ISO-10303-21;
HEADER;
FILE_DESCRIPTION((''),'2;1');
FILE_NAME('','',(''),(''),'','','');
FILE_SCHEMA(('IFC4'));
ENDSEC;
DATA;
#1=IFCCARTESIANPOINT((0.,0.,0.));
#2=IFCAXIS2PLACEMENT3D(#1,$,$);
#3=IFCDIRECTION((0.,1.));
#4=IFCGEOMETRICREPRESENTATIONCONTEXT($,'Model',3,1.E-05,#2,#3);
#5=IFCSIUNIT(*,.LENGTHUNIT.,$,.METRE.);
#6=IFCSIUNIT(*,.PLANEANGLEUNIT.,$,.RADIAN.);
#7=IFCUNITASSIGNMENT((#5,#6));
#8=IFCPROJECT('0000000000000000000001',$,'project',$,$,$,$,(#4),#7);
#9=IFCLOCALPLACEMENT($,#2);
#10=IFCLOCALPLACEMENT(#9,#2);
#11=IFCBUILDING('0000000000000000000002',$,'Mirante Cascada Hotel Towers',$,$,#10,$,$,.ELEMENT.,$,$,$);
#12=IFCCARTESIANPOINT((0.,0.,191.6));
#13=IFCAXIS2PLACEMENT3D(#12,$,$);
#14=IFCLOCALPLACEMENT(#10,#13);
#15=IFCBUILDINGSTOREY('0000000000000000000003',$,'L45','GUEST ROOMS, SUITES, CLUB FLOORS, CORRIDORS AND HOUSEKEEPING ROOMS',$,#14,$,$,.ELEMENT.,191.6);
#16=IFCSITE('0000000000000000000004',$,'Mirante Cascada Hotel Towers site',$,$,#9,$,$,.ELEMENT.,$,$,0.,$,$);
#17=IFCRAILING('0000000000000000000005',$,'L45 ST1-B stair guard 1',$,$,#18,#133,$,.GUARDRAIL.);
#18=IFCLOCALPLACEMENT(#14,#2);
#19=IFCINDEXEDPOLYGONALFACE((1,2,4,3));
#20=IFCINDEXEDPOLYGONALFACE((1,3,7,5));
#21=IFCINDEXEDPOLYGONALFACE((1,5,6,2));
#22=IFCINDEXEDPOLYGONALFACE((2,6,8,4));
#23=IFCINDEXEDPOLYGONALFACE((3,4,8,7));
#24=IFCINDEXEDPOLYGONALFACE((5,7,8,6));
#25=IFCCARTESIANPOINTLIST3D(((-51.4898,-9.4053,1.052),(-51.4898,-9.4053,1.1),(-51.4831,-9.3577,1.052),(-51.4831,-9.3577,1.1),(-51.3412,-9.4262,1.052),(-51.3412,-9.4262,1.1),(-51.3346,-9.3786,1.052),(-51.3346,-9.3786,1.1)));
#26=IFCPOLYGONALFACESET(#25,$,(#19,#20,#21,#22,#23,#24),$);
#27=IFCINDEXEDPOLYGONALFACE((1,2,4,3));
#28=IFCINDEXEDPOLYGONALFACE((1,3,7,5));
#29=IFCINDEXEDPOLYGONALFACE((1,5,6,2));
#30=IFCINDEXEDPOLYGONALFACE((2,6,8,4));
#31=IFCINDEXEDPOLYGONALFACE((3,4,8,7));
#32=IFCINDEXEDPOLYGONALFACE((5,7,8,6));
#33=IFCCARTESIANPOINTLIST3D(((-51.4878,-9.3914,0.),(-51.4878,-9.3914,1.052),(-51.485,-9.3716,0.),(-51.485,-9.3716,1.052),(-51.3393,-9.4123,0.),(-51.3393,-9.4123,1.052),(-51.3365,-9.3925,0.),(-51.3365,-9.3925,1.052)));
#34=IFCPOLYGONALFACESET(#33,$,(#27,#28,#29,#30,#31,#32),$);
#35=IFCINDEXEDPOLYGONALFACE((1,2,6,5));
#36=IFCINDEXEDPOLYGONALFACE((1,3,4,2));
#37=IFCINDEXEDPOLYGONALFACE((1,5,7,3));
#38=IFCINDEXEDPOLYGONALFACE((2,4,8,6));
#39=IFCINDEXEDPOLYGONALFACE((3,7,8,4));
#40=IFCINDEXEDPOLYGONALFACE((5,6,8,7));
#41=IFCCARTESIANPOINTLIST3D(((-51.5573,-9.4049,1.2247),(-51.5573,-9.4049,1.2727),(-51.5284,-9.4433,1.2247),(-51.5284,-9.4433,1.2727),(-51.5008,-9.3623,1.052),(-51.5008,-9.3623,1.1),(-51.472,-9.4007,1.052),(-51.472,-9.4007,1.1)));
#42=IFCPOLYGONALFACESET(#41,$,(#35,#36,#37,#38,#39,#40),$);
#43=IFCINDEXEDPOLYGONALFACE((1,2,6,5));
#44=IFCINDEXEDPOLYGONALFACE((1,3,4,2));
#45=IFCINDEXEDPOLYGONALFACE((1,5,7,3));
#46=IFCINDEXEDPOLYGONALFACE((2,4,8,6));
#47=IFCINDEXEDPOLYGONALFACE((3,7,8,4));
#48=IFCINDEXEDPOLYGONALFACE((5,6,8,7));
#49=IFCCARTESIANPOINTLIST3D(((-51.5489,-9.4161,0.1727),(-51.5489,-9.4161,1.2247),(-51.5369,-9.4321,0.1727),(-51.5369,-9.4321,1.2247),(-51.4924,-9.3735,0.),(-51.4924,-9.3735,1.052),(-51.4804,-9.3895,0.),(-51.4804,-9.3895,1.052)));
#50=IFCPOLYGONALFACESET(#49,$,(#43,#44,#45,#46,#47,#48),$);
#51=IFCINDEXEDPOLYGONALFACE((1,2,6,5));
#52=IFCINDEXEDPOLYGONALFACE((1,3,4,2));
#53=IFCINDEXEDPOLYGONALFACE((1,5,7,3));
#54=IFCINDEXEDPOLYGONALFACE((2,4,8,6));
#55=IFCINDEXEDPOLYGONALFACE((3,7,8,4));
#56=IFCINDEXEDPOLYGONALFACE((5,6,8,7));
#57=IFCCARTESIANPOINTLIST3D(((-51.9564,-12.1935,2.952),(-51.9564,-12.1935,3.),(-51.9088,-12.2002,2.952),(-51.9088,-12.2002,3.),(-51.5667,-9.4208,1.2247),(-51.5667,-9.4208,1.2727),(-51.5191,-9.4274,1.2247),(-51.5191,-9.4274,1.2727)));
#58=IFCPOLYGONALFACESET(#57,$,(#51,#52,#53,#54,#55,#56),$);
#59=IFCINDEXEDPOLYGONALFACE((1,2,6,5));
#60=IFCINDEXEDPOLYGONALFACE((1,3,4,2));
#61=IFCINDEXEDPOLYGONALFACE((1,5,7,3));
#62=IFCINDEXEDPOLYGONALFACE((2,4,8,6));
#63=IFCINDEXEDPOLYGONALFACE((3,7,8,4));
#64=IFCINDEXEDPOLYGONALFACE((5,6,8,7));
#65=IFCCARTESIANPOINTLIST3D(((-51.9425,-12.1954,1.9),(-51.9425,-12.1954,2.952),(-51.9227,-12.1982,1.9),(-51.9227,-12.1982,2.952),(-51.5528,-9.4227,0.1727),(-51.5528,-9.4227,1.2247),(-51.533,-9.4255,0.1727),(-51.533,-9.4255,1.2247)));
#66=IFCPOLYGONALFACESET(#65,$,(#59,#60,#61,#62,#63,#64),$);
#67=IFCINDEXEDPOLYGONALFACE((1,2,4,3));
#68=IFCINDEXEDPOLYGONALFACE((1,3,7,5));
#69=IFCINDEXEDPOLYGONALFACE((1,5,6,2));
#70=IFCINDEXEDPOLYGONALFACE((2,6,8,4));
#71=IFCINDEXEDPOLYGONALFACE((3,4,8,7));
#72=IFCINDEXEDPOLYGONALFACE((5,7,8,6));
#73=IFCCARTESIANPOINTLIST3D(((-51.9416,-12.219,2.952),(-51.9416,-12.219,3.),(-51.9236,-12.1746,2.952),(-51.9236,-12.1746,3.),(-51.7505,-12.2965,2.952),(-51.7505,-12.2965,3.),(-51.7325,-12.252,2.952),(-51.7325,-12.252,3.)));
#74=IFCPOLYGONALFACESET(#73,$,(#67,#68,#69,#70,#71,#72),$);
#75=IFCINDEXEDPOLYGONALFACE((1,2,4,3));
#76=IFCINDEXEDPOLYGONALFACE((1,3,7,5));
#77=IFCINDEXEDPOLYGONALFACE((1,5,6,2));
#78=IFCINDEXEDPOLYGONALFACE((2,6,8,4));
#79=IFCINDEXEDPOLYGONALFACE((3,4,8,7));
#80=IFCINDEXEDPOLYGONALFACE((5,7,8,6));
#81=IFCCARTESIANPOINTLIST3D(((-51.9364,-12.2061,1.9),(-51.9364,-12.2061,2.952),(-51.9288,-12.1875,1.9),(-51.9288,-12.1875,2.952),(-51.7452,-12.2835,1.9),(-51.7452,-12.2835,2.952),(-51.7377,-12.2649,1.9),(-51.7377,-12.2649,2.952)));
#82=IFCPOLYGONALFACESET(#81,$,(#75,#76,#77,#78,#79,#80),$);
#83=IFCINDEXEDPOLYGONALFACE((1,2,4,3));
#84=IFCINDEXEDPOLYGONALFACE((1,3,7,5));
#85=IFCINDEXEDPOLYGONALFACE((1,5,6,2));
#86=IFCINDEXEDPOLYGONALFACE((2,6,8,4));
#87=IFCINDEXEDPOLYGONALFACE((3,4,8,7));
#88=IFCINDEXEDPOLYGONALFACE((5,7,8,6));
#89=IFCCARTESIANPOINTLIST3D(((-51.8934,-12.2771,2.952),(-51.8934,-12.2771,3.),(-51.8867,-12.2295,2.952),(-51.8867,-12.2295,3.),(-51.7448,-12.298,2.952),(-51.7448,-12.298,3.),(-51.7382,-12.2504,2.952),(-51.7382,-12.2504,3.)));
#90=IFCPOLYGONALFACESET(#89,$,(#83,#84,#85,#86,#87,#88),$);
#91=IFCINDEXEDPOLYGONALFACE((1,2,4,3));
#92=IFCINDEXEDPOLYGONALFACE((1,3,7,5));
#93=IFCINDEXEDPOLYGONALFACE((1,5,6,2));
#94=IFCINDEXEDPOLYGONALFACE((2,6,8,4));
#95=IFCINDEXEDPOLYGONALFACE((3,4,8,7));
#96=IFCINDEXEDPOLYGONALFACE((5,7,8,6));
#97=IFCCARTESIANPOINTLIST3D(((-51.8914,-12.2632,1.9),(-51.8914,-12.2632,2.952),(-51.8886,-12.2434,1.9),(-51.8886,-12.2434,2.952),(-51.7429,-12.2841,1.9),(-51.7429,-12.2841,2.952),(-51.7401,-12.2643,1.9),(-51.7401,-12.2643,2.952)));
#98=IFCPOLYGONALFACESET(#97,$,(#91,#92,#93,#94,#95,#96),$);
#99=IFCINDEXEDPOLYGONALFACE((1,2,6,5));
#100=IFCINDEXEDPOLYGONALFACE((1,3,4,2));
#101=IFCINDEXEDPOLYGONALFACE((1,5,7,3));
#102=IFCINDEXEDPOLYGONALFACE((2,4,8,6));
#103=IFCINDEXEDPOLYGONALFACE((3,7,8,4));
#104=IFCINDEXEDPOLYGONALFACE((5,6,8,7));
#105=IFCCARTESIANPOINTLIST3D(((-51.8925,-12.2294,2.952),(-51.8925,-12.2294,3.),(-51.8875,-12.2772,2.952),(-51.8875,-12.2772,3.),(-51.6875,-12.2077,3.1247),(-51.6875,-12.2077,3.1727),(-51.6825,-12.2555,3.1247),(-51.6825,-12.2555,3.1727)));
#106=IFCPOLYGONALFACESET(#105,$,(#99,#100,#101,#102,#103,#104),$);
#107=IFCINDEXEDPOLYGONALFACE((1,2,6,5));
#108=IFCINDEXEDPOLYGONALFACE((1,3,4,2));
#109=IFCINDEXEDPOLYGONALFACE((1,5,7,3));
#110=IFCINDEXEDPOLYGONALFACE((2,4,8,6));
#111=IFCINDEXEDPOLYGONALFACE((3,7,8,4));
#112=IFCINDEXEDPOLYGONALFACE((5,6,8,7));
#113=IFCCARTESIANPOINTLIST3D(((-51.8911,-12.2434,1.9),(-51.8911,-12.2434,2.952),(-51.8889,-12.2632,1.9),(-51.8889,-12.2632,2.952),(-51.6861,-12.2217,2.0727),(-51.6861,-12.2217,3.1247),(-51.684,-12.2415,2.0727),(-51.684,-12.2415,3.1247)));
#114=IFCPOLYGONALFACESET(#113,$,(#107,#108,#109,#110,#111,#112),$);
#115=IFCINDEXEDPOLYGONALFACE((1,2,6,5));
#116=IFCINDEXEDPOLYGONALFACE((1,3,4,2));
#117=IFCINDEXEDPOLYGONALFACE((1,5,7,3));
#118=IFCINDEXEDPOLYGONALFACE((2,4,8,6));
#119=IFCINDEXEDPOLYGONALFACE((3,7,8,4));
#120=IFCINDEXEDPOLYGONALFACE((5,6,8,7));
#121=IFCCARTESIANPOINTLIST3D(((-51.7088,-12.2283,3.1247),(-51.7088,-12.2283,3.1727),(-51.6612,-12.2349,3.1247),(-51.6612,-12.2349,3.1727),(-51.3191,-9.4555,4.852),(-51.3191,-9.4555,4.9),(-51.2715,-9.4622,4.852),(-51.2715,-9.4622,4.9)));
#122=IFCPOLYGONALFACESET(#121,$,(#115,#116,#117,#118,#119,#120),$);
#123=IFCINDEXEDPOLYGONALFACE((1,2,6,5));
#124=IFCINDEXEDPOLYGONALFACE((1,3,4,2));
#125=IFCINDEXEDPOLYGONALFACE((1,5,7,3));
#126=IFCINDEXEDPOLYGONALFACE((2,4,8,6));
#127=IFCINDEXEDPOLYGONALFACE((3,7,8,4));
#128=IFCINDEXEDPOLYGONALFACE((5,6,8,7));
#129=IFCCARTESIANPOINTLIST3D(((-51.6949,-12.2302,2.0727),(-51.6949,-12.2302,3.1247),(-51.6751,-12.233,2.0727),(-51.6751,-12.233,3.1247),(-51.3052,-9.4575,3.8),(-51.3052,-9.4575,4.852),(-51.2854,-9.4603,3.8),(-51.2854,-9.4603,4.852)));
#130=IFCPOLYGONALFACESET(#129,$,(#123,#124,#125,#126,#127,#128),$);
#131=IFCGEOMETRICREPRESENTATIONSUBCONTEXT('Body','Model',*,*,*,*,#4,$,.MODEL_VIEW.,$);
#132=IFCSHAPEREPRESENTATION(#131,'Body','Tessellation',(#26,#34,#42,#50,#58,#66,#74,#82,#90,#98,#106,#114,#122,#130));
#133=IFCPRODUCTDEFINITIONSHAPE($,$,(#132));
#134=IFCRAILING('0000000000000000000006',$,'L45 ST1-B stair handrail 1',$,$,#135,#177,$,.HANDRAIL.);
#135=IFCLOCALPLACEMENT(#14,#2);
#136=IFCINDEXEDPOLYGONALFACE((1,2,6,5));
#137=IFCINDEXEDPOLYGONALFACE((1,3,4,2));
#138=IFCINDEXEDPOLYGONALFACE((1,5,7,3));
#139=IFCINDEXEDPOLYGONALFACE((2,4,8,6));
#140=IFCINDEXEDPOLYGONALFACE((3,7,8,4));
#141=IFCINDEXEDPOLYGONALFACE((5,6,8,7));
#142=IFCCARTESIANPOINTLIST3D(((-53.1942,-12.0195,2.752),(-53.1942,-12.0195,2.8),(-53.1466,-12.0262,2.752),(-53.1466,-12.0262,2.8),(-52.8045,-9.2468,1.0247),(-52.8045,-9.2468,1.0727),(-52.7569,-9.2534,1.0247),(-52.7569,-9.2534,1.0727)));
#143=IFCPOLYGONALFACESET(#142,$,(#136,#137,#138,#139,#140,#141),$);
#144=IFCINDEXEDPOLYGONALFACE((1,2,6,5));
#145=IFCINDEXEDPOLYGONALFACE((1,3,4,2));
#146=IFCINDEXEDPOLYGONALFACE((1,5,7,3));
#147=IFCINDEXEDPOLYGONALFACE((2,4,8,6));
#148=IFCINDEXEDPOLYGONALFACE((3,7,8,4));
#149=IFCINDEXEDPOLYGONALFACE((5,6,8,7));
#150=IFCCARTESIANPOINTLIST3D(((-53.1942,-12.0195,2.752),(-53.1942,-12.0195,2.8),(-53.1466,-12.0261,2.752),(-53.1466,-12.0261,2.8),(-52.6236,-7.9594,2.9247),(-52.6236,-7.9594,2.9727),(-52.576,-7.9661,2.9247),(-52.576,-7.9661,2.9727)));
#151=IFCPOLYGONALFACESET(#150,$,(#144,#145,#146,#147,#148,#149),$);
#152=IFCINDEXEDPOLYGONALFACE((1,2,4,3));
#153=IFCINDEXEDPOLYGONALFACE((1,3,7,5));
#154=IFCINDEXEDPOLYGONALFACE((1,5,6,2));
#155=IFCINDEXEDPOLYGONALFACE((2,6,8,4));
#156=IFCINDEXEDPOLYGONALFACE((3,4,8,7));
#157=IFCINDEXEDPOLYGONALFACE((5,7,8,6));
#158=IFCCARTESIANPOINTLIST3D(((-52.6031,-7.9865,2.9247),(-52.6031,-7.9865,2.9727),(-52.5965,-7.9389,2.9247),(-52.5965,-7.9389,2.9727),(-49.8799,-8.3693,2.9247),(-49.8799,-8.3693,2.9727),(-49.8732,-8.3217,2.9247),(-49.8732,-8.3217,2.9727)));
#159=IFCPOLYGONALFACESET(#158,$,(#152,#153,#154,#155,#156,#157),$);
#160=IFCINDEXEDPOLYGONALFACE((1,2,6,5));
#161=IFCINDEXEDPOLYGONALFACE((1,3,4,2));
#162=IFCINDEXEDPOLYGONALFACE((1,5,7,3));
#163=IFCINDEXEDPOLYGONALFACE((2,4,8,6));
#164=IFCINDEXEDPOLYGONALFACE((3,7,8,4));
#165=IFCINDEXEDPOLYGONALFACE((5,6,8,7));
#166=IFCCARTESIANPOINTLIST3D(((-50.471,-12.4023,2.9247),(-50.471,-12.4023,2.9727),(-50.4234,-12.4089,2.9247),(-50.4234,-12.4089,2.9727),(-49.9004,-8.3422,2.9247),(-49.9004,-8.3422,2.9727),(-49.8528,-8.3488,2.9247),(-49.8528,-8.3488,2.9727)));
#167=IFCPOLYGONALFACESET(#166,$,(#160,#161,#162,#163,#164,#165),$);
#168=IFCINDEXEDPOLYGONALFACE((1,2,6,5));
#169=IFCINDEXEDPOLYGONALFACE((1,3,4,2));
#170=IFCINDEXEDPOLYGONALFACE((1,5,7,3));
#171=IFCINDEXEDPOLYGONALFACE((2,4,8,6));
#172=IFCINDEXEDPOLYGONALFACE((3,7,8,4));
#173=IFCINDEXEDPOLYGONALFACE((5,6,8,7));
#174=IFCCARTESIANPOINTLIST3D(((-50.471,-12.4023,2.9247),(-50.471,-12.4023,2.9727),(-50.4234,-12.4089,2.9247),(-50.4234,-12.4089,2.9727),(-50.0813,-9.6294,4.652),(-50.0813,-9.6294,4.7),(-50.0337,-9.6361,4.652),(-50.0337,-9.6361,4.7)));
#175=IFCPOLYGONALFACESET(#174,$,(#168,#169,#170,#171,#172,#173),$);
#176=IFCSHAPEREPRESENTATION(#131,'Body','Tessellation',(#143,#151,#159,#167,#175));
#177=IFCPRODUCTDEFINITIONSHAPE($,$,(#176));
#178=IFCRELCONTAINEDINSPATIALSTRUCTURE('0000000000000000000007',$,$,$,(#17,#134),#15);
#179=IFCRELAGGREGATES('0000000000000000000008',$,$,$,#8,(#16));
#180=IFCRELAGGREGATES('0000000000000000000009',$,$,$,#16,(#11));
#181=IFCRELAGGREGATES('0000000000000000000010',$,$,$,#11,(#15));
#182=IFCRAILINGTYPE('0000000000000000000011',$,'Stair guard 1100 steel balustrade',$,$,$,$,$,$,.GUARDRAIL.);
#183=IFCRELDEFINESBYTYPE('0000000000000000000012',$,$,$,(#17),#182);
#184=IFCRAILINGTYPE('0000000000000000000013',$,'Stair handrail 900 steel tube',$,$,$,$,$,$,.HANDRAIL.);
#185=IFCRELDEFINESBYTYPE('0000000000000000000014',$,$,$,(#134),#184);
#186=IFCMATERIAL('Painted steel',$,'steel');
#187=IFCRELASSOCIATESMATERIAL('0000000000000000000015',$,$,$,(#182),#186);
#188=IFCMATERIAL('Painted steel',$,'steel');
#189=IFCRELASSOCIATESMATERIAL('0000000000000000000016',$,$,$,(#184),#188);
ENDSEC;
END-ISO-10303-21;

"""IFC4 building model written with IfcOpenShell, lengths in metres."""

from ifc_helpers import new_model, si_unit, direction, frame, origin, origin_2d, place, context, subcontext, project, spatial, rectangle, extrude, material, type_object, element, save


model = new_model("IFC4")

# Units and contexts
model_context = context("Model", 3, precision=1e-05, world=origin(), true_north=direction((0.0, 1.0)))
body_context = subcontext(model_context, "Body", "Model", "MODEL_VIEW")
ifc_project = project(units=[si_unit("LENGTHUNIT", "METRE"), si_unit("PLANEANGLEUNIT", "RADIAN")], contexts=[model_context])

# Site, building, storey
site_placement = place(None, origin())
site = spatial("IfcSite", under=ifc_project, at=site_placement, Name="Mirante Cascada Hotel Towers site", CompositionType="ELEMENT", RefElevation=0.0)
building_placement = place(site_placement, origin())
building = spatial("IfcBuilding", under=site, at=building_placement, Name="Mirante Cascada Hotel Towers", CompositionType="ELEMENT")
storey_placement = place(building_placement, frame((0.0, 0.0, 191.6)))
storey = spatial("IfcBuildingStorey", under=building, at=storey_placement, Name="L45", Description="GUEST ROOMS, SUITES, CLUB FLOORS, CORRIDORS AND HOUSEKEEPING ROOMS", CompositionType="ELEMENT", Elevation=191.6)

# Railings
ifc_material_1 = material(Name="Painted steel", Category="steel")
railing_type_1 = type_object("IfcRailingType", Name="Stair guard 1100 steel balustrade", PredefinedType="GUARDRAIL", material=ifc_material_1)
railing_1_placement = place(storey_placement, frame((-51.3379, -9.4024, 0.0)))
element("IfcRailing", 1, at=railing_1_placement, inside=storey, type_object=railing_type_1, Name="L45 ST1-B stair guard 1", PredefinedType="GUARDRAIL", context=body_context, shape_type="SweptSolid", body=[
    extrude(rectangle(XDim=0.048, YDim=0.048, at=origin_2d()), frame((0.0, 0.0, 1.076), z_axis=(-0.990241, 0.139367, 0.0), x_axis=(-0.139367, -0.990241, 0.0)), (0.0, 0.0, 1.0), 0.15),
    extrude(rectangle(XDim=0.02, YDim=1.052, at=origin_2d()), frame((0.0, 0.0, 0.526), z_axis=(-0.990241, 0.139367, 0.0), x_axis=(-0.139367, -0.990241, 0.0)), (0.0, 0.0, 1.0), 0.15),
    extrude(rectangle(XDim=0.048, YDim=0.048, at=origin_2d()), frame((-0.1485, 0.0209, 1.076), z_axis=(-0.798471, -0.602033, 0.0), x_axis=(0.602033, -0.798471, 0.0)), (0.0, 0.92534, 0.379139), 0.1866),
    extrude(rectangle(XDim=0.02, YDim=1.052, at=origin_2d()), frame((-0.1485, 0.0209, 0.526), z_axis=(-0.798471, -0.602033, 0.0), x_axis=(0.602033, -0.798471, 0.0)), (0.0, 0.92534, 0.379139), 0.1866),
    extrude(rectangle(XDim=0.048, YDim=0.048, at=origin_2d()), frame((-0.205, -0.0217, 1.2487), z_axis=(-0.139181, -0.990267, 0.0), x_axis=(0.990267, -0.139181, 0.0)), (0.0, 0.525035, 0.851081), 3.2899),
    extrude(rectangle(XDim=0.02, YDim=1.052, at=origin_2d()), frame((-0.205, -0.0217, 0.6987), z_axis=(-0.139181, -0.990267, 0.0), x_axis=(0.990267, -0.139181, 0.0)), (0.0, 0.525035, 0.851081), 3.2899),
    extrude(rectangle(XDim=0.048, YDim=0.048, at=origin_2d()), frame((-0.5947, -2.7944, 2.976), z_axis=(0.926862, -0.375401, 0.0), x_axis=(0.375401, 0.926862, 0.0)), (0.0, 0.0, 1.0), 0.2062),
    extrude(rectangle(XDim=0.02, YDim=1.052, at=origin_2d()), frame((-0.5947, -2.7944, 2.426), z_axis=(0.926862, -0.375401, 0.0), x_axis=(0.375401, 0.926862, 0.0)), (0.0, 0.0, 1.0), 0.2062),
    extrude(rectangle(XDim=0.048, YDim=0.048, at=origin_2d()), frame((-0.4036, -2.8718, 2.976), z_axis=(-0.990241, 0.139367, 0.0), x_axis=(-0.139367, -0.990241, 0.0)), (0.0, 0.0, 1.0), 0.15),
    extrude(rectangle(XDim=0.02, YDim=1.052, at=origin_2d()), frame((-0.4036, -2.8718, 2.426), z_axis=(-0.990241, 0.139367, 0.0), x_axis=(-0.139367, -0.990241, 0.0)), (0.0, 0.0, 1.0), 0.15),
    extrude(rectangle(XDim=0.048, YDim=0.048, at=origin_2d()), frame((-0.5521, -2.8509, 2.976), z_axis=(0.994444, 0.105266, 0.0), x_axis=(-0.105266, 0.994444, 0.0)), (0.0, 0.642184, 0.76655), 0.2689),
    extrude(rectangle(XDim=0.02, YDim=1.052, at=origin_2d()), frame((-0.5521, -2.8509, 2.426), z_axis=(0.994444, 0.105266, 0.0), x_axis=(-0.105266, 0.994444, 0.0)), (0.0, 0.642184, 0.76655), 0.2689),
    extrude(rectangle(XDim=0.048, YDim=0.048, at=origin_2d()), frame((-0.3471, -2.8292, 3.1487), z_axis=(0.139181, 0.990267, 0.0), x_axis=(-0.990267, 0.139181, 0.0)), (0.0, 0.525035, 0.851081), 3.2899),
    extrude(rectangle(XDim=0.02, YDim=1.052, at=origin_2d()), frame((-0.3471, -2.8292, 2.5987), z_axis=(0.139181, 0.990267, 0.0), x_axis=(-0.990267, 0.139181, 0.0)), (0.0, 0.525035, 0.851081), 3.2899),
])
ifc_material_2 = material(Name="Painted steel", Category="steel")
railing_type_2 = type_object("IfcRailingType", Name="Stair handrail 900 steel tube", PredefinedType="HANDRAIL", material=ifc_material_2)
railing_2_placement = place(storey_placement, frame((-52.7807, -9.2501, 0.1727)))
element("IfcRailing", 2, at=railing_2_placement, inside=storey, type_object=railing_type_2, Name="L45 ST1-B stair handrail 1", PredefinedType="HANDRAIL", context=body_context, shape_type="SweptSolid", body=[
    extrude(rectangle(XDim=0.048, YDim=0.048, at=origin_2d()), frame((0.0, 0.0, 0.876), z_axis=(-0.139181, -0.990267, 0.0), x_axis=(0.990267, -0.139181, 0.0)), (0.0, 0.525035, 0.851081), 3.2899),
    extrude(rectangle(XDim=0.048, YDim=0.048, at=origin_2d()), frame((-0.3897, -2.7727, 2.6033), z_axis=(0.139171, 0.990268, 0.0), x_axis=(-0.990268, 0.139171, 0.0)), (0.0, 0.042085, 0.999114), 4.1036),
    extrude(rectangle(XDim=0.048, YDim=0.048, at=origin_2d()), frame((0.1809, 1.2874, 2.776), z_axis=(0.990264, -0.139201, 0.0), x_axis=(0.139201, 0.990264, 0.0)), (0.0, 0.0, 1.0), 2.75),
    extrude(rectangle(XDim=0.048, YDim=0.048, at=origin_2d()), frame((2.9041, 0.9046, 2.776), z_axis=(-0.139171, -0.990268, 0.0), x_axis=(0.990268, -0.139171, 0.0)), (0.0, 0.0, 1.0), 4.1),
    extrude(rectangle(XDim=0.048, YDim=0.048, at=origin_2d()), frame((2.3335, -3.1555, 2.776), z_axis=(0.139176, 0.990268, 0.0), x_axis=(-0.990268, 0.139176, 0.0)), (0.0, 0.525021, 0.851089), 3.29),
])

save(model, "model.ifc")
